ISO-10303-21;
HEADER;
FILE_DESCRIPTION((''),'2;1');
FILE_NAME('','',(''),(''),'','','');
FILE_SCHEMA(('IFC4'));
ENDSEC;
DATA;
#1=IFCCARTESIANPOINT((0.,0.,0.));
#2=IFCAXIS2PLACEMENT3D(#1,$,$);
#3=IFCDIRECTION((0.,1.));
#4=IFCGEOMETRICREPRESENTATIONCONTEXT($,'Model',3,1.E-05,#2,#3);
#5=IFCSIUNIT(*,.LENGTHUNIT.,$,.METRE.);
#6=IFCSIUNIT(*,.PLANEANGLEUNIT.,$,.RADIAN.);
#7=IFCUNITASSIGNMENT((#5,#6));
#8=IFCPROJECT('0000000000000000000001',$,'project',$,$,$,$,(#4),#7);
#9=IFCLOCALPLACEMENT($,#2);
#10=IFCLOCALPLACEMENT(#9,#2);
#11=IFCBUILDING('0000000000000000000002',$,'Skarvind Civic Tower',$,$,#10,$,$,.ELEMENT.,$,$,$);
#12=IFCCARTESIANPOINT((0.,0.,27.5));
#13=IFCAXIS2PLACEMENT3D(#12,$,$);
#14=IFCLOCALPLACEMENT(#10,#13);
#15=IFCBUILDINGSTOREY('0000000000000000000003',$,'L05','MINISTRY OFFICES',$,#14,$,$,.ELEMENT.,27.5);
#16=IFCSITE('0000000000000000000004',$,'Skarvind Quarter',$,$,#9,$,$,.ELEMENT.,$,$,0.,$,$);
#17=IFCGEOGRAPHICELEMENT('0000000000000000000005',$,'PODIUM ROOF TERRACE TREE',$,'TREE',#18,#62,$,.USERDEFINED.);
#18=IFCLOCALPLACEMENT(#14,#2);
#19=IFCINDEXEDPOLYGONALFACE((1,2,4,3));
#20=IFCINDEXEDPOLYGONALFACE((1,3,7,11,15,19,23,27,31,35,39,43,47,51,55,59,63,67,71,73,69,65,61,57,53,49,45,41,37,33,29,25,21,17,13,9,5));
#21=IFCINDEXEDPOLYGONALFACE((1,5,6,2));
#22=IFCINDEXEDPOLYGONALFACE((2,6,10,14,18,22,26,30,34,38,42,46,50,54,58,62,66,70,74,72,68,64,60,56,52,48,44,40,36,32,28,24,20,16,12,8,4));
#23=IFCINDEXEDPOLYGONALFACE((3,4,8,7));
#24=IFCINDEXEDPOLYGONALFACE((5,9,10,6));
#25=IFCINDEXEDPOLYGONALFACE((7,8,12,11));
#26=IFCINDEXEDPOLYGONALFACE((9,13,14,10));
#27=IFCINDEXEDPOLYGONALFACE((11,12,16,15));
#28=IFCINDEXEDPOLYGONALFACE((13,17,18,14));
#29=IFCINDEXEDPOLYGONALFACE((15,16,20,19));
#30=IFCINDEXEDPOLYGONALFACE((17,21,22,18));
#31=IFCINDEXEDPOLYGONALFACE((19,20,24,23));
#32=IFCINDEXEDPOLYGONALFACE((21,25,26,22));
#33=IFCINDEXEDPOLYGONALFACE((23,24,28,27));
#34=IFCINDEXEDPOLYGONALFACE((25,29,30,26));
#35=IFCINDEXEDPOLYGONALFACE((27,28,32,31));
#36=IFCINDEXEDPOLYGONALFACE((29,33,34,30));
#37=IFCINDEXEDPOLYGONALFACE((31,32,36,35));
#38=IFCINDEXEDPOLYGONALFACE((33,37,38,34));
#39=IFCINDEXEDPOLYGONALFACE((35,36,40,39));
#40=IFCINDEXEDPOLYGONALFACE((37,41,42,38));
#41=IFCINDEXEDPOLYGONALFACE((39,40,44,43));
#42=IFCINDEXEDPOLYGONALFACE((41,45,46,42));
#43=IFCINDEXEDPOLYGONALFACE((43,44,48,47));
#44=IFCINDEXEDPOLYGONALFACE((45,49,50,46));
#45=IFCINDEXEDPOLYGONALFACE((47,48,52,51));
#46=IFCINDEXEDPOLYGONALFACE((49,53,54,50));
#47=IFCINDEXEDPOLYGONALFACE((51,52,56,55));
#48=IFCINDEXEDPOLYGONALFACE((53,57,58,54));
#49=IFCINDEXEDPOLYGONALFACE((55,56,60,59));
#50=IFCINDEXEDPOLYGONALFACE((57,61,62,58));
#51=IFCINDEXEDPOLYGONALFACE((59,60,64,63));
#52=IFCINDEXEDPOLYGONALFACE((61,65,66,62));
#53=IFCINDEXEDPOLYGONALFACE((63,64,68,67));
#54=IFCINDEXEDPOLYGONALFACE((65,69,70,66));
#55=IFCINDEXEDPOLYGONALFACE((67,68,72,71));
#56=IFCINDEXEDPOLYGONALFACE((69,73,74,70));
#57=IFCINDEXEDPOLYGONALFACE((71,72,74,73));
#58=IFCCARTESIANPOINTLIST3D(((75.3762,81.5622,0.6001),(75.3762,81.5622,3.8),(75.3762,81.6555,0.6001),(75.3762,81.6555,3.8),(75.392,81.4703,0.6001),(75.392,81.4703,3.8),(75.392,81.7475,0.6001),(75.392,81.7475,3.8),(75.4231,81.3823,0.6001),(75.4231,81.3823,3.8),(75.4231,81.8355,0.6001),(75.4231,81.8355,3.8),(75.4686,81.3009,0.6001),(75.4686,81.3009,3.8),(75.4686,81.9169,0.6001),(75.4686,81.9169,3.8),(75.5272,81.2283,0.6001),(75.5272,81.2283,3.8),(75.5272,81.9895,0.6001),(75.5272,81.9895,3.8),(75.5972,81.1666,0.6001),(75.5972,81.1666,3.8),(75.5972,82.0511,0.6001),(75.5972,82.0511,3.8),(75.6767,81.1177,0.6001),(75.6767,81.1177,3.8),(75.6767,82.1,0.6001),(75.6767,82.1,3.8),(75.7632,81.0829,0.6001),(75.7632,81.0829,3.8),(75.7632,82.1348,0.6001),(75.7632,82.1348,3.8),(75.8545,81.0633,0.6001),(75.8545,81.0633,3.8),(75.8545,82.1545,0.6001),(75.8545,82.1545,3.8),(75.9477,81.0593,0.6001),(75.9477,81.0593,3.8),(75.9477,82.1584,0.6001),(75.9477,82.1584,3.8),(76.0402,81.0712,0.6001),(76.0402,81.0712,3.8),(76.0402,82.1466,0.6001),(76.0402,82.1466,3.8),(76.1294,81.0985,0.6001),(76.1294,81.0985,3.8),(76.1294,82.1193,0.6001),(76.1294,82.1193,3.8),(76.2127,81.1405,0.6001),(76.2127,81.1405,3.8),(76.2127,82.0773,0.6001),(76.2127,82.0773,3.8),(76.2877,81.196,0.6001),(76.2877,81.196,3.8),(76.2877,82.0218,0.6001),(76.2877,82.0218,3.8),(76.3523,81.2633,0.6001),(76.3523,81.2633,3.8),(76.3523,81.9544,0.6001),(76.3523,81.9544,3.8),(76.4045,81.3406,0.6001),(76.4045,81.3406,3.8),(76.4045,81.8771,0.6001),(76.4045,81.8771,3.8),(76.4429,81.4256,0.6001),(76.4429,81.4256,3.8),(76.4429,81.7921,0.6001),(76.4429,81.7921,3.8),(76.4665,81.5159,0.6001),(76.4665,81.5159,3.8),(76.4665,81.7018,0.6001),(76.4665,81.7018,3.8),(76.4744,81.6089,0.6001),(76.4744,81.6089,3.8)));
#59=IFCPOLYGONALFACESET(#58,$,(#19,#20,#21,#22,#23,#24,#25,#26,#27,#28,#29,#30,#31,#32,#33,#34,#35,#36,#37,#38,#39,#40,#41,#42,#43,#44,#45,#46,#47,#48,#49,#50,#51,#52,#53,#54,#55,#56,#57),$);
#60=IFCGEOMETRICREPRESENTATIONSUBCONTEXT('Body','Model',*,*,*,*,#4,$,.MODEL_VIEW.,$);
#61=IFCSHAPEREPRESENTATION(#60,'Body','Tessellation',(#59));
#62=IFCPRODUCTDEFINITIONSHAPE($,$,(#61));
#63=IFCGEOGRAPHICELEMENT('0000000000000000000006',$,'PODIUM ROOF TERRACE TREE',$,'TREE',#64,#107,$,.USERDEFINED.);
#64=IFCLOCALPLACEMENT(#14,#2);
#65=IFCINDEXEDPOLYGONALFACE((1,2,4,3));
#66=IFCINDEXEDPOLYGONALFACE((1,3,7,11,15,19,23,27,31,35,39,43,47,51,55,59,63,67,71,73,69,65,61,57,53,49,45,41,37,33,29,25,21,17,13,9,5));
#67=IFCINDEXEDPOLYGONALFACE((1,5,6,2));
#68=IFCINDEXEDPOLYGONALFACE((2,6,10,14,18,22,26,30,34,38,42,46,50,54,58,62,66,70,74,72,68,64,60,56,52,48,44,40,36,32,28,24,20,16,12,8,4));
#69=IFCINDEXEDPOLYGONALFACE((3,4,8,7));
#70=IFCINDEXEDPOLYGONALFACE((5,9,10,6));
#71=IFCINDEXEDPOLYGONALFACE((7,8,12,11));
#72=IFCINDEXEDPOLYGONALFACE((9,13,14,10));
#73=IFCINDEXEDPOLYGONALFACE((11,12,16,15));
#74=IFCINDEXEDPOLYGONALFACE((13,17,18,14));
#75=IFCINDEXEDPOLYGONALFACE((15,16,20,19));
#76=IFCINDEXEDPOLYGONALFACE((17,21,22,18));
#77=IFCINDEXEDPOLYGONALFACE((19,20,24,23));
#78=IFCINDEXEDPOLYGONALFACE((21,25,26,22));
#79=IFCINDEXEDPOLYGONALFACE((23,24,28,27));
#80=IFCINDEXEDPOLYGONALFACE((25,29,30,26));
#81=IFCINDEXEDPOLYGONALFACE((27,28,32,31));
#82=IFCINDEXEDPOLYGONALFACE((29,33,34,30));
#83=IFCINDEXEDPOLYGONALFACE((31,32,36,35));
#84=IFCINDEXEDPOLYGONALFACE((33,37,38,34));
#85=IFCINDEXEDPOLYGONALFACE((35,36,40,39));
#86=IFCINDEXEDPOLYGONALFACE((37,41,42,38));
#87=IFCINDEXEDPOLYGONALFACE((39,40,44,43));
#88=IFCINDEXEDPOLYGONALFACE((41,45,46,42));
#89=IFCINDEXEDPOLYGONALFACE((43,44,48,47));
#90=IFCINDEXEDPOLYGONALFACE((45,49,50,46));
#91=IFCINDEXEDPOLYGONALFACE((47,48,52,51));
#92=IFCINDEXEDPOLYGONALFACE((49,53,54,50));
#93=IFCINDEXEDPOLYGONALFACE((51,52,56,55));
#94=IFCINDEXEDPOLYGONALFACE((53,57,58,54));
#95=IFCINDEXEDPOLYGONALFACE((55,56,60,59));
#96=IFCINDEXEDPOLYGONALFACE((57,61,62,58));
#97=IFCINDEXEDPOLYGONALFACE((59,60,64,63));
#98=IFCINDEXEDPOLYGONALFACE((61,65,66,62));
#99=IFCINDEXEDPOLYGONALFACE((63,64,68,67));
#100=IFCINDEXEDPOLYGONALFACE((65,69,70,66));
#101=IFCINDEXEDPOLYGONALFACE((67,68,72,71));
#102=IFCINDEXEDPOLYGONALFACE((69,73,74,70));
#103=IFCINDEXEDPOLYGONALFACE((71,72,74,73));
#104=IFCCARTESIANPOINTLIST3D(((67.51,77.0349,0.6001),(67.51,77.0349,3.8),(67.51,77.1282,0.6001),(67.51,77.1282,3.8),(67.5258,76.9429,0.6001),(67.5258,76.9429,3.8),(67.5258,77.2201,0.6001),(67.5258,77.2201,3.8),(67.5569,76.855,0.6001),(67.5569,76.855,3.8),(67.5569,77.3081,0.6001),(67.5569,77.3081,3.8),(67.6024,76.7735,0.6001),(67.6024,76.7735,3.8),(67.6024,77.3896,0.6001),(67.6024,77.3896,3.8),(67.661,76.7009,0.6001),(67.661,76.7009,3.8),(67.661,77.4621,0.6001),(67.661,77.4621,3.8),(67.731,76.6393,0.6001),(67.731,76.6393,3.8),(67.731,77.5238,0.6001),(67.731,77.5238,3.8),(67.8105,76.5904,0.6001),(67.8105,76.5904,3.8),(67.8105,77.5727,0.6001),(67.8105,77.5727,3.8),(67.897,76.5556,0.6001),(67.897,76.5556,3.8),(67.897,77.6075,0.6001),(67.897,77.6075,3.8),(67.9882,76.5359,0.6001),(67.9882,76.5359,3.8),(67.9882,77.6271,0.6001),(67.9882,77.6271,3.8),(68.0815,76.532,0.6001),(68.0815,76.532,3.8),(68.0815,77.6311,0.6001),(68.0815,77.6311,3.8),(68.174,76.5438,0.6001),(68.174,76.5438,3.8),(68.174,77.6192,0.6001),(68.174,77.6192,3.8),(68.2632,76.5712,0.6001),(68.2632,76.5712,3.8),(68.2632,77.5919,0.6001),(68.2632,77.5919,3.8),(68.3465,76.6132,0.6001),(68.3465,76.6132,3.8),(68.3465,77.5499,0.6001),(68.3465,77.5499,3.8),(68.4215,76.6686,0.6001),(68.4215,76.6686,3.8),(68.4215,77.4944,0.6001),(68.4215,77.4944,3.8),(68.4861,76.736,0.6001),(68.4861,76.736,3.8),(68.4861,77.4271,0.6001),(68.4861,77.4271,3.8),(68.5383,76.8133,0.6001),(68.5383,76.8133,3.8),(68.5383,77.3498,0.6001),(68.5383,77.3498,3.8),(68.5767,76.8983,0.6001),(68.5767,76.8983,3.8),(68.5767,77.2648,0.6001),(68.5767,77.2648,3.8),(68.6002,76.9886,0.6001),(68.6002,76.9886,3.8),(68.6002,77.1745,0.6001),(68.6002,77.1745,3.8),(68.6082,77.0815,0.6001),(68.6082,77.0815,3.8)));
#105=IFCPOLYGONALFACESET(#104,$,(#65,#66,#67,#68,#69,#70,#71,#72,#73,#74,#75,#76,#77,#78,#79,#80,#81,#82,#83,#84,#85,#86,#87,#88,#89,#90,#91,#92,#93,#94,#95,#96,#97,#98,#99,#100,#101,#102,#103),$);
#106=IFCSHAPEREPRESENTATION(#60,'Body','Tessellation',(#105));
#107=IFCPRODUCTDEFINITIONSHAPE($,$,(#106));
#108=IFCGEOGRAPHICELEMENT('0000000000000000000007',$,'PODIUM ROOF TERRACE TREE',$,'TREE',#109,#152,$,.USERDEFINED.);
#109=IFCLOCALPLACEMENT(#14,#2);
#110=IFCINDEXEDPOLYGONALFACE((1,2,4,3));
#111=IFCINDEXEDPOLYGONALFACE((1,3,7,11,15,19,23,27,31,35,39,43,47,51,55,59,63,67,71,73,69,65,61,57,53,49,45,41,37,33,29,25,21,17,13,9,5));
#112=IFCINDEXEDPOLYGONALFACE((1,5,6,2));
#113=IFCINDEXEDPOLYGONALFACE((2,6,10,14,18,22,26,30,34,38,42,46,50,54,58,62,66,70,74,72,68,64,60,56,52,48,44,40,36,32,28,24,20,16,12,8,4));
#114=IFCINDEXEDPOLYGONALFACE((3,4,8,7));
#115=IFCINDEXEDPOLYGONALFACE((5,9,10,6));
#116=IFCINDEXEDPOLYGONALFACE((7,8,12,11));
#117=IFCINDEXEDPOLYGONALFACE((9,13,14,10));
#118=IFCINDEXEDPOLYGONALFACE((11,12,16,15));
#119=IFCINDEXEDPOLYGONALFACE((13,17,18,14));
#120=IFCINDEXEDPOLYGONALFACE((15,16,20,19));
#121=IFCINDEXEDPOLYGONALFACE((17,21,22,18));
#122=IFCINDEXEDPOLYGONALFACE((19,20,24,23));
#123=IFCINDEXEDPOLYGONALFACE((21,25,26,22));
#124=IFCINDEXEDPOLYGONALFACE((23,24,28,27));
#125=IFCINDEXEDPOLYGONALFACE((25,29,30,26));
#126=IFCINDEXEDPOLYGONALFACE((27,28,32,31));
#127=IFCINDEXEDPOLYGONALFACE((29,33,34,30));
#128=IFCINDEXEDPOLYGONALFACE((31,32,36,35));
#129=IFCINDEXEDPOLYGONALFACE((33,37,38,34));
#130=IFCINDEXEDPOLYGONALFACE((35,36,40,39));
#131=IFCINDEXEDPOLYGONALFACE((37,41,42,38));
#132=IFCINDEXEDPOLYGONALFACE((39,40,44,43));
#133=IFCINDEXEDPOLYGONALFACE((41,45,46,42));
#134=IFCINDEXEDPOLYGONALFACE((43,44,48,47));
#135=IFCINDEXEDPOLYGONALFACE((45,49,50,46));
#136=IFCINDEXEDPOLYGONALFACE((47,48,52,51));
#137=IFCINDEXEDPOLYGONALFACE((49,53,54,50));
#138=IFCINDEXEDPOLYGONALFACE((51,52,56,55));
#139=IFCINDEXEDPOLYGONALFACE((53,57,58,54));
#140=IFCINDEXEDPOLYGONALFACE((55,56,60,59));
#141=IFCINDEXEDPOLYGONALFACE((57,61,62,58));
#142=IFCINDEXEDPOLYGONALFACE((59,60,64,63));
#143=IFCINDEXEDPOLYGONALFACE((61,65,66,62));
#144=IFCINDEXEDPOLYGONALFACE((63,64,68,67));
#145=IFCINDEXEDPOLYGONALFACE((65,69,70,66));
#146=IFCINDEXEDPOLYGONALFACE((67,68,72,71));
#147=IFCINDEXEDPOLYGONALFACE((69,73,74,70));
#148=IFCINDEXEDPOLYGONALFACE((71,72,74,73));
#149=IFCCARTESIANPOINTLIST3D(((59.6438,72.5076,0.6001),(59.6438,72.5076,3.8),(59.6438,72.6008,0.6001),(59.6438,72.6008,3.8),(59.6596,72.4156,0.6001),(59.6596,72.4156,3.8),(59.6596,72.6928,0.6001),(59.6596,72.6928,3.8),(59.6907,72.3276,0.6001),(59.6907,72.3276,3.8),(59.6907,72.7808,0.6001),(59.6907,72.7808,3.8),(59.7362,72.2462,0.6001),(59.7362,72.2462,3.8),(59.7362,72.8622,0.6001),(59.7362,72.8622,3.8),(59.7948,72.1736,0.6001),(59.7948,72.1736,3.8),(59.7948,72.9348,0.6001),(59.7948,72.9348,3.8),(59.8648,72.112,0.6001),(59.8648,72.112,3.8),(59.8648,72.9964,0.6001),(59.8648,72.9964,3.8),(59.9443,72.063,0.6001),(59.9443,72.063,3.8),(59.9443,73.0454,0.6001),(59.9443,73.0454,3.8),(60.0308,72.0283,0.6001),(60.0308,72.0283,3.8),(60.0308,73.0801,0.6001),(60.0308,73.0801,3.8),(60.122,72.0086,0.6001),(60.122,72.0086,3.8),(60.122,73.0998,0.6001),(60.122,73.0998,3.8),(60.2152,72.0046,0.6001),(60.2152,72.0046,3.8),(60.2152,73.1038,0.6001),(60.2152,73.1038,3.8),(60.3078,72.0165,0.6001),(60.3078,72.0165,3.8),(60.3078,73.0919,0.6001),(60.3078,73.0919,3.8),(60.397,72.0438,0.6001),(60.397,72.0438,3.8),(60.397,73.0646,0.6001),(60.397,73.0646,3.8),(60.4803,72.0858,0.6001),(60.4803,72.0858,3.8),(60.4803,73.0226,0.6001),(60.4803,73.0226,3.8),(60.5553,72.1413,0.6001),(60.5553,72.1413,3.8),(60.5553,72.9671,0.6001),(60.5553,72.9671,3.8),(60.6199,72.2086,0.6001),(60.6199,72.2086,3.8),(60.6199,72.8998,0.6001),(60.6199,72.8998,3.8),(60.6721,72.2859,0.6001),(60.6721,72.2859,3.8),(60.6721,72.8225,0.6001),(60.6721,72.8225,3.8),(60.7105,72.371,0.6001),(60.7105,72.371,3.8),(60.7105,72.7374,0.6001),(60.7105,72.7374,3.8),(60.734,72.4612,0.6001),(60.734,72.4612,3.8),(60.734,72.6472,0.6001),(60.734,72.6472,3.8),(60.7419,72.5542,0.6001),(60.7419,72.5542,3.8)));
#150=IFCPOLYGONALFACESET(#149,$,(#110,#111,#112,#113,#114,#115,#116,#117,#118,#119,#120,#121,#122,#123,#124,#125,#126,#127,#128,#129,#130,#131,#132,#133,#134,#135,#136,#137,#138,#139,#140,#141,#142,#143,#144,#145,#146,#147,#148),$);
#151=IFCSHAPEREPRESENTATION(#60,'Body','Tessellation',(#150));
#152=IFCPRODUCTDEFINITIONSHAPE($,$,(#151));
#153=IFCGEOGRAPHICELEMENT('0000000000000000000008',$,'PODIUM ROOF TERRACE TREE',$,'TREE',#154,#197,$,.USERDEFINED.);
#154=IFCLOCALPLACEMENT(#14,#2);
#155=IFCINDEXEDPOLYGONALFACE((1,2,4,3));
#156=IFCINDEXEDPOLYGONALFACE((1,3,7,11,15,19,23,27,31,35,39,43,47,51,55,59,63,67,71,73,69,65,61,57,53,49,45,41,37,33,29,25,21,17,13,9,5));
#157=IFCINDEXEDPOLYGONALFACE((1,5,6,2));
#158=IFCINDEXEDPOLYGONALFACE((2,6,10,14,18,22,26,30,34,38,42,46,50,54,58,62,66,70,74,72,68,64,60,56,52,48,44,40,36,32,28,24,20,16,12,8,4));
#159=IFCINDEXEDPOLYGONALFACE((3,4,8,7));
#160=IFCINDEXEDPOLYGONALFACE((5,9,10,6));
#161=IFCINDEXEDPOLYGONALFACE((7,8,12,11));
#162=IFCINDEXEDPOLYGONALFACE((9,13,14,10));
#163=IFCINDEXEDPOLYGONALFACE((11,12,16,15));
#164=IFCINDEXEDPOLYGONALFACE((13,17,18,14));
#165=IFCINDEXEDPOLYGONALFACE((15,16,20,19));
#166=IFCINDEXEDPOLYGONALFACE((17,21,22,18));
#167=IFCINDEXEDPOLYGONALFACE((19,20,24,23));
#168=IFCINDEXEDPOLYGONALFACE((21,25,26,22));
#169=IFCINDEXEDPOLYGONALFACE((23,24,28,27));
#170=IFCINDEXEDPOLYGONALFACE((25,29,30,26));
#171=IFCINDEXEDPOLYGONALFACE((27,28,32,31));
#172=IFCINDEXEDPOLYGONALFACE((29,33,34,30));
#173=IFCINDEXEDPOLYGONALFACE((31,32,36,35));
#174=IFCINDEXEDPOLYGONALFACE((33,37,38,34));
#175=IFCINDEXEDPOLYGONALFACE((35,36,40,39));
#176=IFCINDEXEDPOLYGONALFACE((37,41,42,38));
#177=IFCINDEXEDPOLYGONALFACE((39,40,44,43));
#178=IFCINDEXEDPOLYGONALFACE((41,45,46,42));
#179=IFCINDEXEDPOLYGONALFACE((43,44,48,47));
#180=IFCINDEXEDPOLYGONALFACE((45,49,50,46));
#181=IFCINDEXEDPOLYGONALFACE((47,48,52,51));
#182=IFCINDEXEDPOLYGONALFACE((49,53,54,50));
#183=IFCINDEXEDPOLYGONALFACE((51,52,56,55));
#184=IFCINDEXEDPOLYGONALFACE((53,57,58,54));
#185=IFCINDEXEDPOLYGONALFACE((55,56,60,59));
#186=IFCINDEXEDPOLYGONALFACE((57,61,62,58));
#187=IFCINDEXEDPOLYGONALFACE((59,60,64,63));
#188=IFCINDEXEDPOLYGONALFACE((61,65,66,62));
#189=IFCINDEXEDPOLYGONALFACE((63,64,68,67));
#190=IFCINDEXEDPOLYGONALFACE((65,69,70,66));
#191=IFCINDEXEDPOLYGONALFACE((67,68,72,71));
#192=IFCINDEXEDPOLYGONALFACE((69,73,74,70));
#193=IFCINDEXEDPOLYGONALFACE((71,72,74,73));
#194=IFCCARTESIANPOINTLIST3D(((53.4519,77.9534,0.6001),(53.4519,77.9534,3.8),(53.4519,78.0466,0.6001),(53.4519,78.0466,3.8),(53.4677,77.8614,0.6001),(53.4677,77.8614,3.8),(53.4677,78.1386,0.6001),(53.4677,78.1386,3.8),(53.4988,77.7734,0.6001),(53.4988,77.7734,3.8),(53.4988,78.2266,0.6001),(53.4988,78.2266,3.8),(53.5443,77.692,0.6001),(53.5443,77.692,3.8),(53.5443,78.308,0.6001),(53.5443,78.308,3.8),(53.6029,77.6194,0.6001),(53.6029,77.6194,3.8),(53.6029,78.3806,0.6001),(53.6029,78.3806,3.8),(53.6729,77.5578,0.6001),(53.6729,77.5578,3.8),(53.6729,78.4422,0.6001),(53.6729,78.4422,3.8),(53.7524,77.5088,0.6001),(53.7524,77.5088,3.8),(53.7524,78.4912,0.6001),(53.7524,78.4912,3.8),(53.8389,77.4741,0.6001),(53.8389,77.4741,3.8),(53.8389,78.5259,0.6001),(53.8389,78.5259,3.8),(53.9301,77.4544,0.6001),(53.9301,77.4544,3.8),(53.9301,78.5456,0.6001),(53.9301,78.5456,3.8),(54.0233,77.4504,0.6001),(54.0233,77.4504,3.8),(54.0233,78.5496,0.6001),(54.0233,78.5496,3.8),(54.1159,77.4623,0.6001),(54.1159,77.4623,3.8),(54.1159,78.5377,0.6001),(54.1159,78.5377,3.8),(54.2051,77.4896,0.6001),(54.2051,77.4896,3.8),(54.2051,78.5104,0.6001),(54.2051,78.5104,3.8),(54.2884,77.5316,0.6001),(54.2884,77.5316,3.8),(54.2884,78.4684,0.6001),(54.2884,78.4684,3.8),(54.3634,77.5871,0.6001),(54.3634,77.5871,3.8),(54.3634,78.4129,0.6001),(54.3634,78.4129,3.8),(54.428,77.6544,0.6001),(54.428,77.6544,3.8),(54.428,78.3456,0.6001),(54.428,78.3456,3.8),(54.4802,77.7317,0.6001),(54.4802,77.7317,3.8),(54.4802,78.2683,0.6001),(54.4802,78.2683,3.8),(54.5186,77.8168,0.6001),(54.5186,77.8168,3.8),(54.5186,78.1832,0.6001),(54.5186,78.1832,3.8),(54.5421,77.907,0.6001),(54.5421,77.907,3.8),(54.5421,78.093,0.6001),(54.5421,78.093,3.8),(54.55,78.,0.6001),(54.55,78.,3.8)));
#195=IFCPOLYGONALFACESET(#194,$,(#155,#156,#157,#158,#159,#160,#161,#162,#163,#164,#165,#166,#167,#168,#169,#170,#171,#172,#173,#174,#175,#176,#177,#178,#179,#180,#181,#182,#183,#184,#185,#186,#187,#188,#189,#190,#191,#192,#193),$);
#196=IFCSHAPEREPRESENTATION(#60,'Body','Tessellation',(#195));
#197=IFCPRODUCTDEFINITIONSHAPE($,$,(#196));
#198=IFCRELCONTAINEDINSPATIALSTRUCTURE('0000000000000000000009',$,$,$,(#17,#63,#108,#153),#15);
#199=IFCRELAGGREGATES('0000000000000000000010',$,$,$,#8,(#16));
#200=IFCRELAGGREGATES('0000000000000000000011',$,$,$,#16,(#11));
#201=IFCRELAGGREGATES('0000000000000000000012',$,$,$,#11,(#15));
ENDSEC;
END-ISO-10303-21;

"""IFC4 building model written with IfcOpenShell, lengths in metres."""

from ifc_helpers import new_model, si_unit, direction, frame, origin, origin_2d, place, context, subcontext, project, spatial, circle, extrude, element, save


model = new_model("IFC4")

# Units and contexts
model_context = context("Model", 3, precision=1e-05, world=origin(), true_north=direction((0.0, 1.0)))
body_context = subcontext(model_context, "Body", "Model", "MODEL_VIEW")
ifc_project = project(units=[si_unit("LENGTHUNIT", "METRE"), si_unit("PLANEANGLEUNIT", "RADIAN")], contexts=[model_context])

# Site, building, storey
site_placement = place(None, origin())
site = spatial("IfcSite", under=ifc_project, at=site_placement, Name="Skarvind Quarter", CompositionType="ELEMENT", RefElevation=0.0)
building_placement = place(site_placement, origin())
building = spatial("IfcBuilding", under=site, at=building_placement, Name="Skarvind Civic Tower", CompositionType="ELEMENT")
storey_placement = place(building_placement, frame((0.0, 0.0, 27.5)))
storey = spatial("IfcBuildingStorey", under=building, at=storey_placement, Name="L05", Description="MINISTRY OFFICES", CompositionType="ELEMENT", Elevation=27.5)

# Geographic elements
for number, where, z_axis, x_axis, name in (
    (1, (75.9243, 81.6089, 0.6001), (0.0, 0.0, 1.0), (1.0, 0.0, 0.0), "PODIUM ROOF TERRACE TREE"),
    (2, (68.0581, 77.0815, 0.6001), (0.0, 0.0, 1.0), (1.0, 0.0, 0.0), "PODIUM ROOF TERRACE TREE"),
    (3, (60.1919, 72.5542, 0.6001), (0.0, 0.0, 1.0), (1.0, 0.0, 0.0), "PODIUM ROOF TERRACE TREE"),
    (4, (54.0, 78.0, 0.6001), (0.0, 0.0, 1.0), (1.0, 0.0, 0.0), "PODIUM ROOF TERRACE TREE"),
):
    element("IfcGeographicElement", number, at=place(storey_placement, frame(where, z_axis=z_axis, x_axis=x_axis)), inside=storey, Name=name, ObjectType="TREE", PredefinedType="USERDEFINED", context=body_context, shape_type="SweptSolid", body=[
        extrude(circle(Radius=0.55, at=origin_2d()), origin(), (0.0, 0.0, 1.0), 3.2),
    ])

save(model, "model.ifc")
